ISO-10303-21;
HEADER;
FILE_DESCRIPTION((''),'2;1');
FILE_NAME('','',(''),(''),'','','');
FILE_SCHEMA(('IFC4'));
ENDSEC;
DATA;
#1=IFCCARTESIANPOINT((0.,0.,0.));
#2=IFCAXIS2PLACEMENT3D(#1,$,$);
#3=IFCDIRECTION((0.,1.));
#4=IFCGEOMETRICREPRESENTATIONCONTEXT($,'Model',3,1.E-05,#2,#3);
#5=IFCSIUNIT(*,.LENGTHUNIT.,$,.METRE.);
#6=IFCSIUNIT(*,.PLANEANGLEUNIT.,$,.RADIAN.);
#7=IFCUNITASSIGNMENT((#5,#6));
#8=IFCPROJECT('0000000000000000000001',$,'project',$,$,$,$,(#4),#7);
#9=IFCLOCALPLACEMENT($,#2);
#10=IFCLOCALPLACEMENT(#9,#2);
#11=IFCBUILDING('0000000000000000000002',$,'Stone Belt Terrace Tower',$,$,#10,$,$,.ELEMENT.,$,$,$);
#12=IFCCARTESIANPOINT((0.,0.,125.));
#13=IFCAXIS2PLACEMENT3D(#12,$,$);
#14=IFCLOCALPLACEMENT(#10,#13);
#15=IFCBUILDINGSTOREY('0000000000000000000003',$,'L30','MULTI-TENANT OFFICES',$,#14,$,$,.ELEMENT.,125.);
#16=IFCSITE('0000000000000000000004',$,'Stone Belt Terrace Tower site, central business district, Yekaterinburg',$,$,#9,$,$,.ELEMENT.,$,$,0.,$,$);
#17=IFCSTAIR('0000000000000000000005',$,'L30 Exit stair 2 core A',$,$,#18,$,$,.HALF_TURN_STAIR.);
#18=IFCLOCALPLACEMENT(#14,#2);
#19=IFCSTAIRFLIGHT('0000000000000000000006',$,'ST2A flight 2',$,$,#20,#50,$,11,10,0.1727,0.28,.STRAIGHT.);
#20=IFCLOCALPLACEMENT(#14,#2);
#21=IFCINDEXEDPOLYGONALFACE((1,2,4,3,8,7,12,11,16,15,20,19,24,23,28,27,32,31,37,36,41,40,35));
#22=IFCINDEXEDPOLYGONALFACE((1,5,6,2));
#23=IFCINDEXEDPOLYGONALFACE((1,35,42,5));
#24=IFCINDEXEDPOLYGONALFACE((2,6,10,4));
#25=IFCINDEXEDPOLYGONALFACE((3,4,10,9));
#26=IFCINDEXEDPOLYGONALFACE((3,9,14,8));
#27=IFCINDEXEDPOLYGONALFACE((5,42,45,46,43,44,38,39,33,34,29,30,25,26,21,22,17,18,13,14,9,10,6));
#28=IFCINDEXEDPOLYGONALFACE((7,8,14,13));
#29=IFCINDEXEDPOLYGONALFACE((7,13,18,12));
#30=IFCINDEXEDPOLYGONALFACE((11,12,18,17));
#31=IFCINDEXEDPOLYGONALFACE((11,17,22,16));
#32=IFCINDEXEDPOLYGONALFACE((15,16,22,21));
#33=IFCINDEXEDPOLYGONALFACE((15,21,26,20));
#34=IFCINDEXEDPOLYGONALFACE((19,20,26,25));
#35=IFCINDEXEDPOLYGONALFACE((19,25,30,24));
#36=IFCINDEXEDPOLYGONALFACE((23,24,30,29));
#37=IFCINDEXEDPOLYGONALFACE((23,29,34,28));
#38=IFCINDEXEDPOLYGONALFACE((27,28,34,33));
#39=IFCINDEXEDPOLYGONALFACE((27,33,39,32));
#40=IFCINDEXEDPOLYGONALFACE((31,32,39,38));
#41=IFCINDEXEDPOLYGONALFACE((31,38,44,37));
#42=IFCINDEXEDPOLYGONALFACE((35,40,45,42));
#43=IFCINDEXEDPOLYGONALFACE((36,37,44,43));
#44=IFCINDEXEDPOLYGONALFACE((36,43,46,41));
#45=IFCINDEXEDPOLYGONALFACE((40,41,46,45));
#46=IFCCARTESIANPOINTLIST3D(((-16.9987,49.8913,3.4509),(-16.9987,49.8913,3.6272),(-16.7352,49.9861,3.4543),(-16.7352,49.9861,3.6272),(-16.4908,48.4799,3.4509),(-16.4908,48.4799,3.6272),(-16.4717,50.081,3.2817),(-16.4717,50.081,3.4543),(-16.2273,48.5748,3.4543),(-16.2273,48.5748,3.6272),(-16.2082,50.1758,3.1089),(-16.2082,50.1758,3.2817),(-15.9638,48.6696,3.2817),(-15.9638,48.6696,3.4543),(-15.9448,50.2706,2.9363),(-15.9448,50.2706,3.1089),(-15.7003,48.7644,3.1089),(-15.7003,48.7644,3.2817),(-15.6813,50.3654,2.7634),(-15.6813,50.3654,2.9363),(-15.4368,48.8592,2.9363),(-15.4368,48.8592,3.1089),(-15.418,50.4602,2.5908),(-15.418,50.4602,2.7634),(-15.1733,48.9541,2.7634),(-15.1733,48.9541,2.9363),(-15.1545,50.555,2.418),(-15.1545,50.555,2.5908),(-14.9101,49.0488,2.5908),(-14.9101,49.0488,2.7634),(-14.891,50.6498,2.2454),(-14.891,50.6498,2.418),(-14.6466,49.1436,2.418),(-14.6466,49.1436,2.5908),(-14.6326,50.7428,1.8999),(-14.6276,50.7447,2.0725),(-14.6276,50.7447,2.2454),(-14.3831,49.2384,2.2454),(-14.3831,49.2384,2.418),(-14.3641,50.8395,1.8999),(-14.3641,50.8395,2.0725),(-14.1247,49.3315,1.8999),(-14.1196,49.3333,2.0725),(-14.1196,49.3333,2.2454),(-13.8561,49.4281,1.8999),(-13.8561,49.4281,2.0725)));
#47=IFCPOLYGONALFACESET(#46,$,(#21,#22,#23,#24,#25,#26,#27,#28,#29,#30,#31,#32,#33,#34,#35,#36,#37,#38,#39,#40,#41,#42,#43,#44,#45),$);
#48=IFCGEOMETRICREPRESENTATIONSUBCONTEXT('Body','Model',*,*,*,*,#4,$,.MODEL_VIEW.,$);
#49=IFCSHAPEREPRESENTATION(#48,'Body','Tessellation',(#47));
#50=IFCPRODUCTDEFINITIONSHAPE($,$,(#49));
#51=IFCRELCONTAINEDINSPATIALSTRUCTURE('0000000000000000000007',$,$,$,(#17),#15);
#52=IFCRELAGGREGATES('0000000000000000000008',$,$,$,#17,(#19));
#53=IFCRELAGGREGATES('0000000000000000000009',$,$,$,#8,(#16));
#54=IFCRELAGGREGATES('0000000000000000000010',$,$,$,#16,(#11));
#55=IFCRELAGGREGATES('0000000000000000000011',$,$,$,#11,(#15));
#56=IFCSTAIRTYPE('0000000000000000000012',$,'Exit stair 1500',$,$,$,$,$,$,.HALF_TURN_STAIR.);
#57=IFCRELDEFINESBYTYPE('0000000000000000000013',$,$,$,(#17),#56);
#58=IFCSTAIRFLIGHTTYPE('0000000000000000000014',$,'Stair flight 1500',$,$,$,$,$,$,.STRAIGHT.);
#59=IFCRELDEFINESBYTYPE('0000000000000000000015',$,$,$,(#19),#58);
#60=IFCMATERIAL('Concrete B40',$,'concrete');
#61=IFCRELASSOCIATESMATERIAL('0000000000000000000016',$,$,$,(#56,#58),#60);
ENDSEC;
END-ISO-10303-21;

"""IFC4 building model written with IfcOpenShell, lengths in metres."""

from ifc_helpers import new_model, si_unit, direction, frame, origin, place, context, subcontext, project, spatial, polyline, outline, extrude, material, type_object, element, aggregate, save


model = new_model("IFC4")

# Units and contexts
model_context = context("Model", 3, precision=1e-05, world=origin(), true_north=direction((0.0, 1.0)))
body_context = subcontext(model_context, "Body", "Model", "MODEL_VIEW")
ifc_project = project(units=[si_unit("LENGTHUNIT", "METRE"), si_unit("PLANEANGLEUNIT", "RADIAN")], contexts=[model_context])

# Site, building, storey
site_placement = place(None, origin())
site = spatial("IfcSite", under=ifc_project, at=site_placement, Name="Stone Belt Terrace Tower site, central business district, Yekaterinburg", CompositionType="ELEMENT", RefElevation=0.0)
building_placement = place(site_placement, origin())
building = spatial("IfcBuilding", under=site, at=building_placement, Name="Stone Belt Terrace Tower", CompositionType="ELEMENT")
storey_placement = place(building_placement, frame((0.0, 0.0, 125.0)))
storey = spatial("IfcBuildingStorey", under=building, at=storey_placement, Name="L30", Description="MULTI-TENANT OFFICES", CompositionType="ELEMENT", Elevation=125.0)

# Stair, stair flight
ifc_material_1 = material(Name="Concrete B40", Category="concrete")
stair_type = type_object("IfcStairType", Name="Exit stair 1500", PredefinedType="HALF_TURN_STAIR", material=ifc_material_1)
stair_placement = place(storey_placement, origin())
stair = element("IfcStair", 1, at=stair_placement, inside=storey, type_object=stair_type, Name="L30 Exit stair 2 core A", PredefinedType="HALF_TURN_STAIR")
stair_flight_type = type_object("IfcStairFlightType", Name="Stair flight 1500", PredefinedType="STRAIGHT", material=ifc_material_1)
stair_flight_1_placement = place(storey_placement, frame((-14.1101, 50.1338, 1.8999), z_axis=(0.0, 0.0, 1.0), x_axis=(-0.940922, -0.338624, 0.0)))
stair_flight_1 = element("IfcStairFlight", 2, at=stair_flight_1_placement, type_object=stair_flight_type, Name="ST2A flight 2", NumberOfRisers=11, NumberOfTreads=10, PredefinedType="STRAIGHT", RiserHeight=0.1727, TreadLength=0.28, context=body_context, shape_type="SweptSolid", body=[
    extrude(outline(polyline([(0.0, 0.0), (0.0, 0.1726), (0.28, 0.1726), (0.28, 0.3455), (0.5601, 0.3455), (0.5601, 0.5181), (0.8401, 0.5181), (0.8401, 0.6909), (1.1201, 0.6909), (1.1201, 0.8635), (1.3999, 0.8635), (1.3999, 1.0364), (1.6799, 1.0364), (1.6799, 1.209), (1.96, 1.209), (1.96, 1.3818), (2.24, 1.3818), (2.24, 1.5544), (2.52, 1.5544), (2.52, 1.7273), (2.8, 1.7273), (2.8, 1.8999), (2.8, 1.551), (0.2854, 0.0), (0.0, 0.0)])), frame((0.0, 0.75, 0.0), z_axis=(0.0, -1.0, 0.0), x_axis=(1.0, 0.0, 0.0)), (0.0, 0.0, 1.0), 1.5),
])
aggregate(stair, [stair_flight_1])

save(model, "model.ifc")
